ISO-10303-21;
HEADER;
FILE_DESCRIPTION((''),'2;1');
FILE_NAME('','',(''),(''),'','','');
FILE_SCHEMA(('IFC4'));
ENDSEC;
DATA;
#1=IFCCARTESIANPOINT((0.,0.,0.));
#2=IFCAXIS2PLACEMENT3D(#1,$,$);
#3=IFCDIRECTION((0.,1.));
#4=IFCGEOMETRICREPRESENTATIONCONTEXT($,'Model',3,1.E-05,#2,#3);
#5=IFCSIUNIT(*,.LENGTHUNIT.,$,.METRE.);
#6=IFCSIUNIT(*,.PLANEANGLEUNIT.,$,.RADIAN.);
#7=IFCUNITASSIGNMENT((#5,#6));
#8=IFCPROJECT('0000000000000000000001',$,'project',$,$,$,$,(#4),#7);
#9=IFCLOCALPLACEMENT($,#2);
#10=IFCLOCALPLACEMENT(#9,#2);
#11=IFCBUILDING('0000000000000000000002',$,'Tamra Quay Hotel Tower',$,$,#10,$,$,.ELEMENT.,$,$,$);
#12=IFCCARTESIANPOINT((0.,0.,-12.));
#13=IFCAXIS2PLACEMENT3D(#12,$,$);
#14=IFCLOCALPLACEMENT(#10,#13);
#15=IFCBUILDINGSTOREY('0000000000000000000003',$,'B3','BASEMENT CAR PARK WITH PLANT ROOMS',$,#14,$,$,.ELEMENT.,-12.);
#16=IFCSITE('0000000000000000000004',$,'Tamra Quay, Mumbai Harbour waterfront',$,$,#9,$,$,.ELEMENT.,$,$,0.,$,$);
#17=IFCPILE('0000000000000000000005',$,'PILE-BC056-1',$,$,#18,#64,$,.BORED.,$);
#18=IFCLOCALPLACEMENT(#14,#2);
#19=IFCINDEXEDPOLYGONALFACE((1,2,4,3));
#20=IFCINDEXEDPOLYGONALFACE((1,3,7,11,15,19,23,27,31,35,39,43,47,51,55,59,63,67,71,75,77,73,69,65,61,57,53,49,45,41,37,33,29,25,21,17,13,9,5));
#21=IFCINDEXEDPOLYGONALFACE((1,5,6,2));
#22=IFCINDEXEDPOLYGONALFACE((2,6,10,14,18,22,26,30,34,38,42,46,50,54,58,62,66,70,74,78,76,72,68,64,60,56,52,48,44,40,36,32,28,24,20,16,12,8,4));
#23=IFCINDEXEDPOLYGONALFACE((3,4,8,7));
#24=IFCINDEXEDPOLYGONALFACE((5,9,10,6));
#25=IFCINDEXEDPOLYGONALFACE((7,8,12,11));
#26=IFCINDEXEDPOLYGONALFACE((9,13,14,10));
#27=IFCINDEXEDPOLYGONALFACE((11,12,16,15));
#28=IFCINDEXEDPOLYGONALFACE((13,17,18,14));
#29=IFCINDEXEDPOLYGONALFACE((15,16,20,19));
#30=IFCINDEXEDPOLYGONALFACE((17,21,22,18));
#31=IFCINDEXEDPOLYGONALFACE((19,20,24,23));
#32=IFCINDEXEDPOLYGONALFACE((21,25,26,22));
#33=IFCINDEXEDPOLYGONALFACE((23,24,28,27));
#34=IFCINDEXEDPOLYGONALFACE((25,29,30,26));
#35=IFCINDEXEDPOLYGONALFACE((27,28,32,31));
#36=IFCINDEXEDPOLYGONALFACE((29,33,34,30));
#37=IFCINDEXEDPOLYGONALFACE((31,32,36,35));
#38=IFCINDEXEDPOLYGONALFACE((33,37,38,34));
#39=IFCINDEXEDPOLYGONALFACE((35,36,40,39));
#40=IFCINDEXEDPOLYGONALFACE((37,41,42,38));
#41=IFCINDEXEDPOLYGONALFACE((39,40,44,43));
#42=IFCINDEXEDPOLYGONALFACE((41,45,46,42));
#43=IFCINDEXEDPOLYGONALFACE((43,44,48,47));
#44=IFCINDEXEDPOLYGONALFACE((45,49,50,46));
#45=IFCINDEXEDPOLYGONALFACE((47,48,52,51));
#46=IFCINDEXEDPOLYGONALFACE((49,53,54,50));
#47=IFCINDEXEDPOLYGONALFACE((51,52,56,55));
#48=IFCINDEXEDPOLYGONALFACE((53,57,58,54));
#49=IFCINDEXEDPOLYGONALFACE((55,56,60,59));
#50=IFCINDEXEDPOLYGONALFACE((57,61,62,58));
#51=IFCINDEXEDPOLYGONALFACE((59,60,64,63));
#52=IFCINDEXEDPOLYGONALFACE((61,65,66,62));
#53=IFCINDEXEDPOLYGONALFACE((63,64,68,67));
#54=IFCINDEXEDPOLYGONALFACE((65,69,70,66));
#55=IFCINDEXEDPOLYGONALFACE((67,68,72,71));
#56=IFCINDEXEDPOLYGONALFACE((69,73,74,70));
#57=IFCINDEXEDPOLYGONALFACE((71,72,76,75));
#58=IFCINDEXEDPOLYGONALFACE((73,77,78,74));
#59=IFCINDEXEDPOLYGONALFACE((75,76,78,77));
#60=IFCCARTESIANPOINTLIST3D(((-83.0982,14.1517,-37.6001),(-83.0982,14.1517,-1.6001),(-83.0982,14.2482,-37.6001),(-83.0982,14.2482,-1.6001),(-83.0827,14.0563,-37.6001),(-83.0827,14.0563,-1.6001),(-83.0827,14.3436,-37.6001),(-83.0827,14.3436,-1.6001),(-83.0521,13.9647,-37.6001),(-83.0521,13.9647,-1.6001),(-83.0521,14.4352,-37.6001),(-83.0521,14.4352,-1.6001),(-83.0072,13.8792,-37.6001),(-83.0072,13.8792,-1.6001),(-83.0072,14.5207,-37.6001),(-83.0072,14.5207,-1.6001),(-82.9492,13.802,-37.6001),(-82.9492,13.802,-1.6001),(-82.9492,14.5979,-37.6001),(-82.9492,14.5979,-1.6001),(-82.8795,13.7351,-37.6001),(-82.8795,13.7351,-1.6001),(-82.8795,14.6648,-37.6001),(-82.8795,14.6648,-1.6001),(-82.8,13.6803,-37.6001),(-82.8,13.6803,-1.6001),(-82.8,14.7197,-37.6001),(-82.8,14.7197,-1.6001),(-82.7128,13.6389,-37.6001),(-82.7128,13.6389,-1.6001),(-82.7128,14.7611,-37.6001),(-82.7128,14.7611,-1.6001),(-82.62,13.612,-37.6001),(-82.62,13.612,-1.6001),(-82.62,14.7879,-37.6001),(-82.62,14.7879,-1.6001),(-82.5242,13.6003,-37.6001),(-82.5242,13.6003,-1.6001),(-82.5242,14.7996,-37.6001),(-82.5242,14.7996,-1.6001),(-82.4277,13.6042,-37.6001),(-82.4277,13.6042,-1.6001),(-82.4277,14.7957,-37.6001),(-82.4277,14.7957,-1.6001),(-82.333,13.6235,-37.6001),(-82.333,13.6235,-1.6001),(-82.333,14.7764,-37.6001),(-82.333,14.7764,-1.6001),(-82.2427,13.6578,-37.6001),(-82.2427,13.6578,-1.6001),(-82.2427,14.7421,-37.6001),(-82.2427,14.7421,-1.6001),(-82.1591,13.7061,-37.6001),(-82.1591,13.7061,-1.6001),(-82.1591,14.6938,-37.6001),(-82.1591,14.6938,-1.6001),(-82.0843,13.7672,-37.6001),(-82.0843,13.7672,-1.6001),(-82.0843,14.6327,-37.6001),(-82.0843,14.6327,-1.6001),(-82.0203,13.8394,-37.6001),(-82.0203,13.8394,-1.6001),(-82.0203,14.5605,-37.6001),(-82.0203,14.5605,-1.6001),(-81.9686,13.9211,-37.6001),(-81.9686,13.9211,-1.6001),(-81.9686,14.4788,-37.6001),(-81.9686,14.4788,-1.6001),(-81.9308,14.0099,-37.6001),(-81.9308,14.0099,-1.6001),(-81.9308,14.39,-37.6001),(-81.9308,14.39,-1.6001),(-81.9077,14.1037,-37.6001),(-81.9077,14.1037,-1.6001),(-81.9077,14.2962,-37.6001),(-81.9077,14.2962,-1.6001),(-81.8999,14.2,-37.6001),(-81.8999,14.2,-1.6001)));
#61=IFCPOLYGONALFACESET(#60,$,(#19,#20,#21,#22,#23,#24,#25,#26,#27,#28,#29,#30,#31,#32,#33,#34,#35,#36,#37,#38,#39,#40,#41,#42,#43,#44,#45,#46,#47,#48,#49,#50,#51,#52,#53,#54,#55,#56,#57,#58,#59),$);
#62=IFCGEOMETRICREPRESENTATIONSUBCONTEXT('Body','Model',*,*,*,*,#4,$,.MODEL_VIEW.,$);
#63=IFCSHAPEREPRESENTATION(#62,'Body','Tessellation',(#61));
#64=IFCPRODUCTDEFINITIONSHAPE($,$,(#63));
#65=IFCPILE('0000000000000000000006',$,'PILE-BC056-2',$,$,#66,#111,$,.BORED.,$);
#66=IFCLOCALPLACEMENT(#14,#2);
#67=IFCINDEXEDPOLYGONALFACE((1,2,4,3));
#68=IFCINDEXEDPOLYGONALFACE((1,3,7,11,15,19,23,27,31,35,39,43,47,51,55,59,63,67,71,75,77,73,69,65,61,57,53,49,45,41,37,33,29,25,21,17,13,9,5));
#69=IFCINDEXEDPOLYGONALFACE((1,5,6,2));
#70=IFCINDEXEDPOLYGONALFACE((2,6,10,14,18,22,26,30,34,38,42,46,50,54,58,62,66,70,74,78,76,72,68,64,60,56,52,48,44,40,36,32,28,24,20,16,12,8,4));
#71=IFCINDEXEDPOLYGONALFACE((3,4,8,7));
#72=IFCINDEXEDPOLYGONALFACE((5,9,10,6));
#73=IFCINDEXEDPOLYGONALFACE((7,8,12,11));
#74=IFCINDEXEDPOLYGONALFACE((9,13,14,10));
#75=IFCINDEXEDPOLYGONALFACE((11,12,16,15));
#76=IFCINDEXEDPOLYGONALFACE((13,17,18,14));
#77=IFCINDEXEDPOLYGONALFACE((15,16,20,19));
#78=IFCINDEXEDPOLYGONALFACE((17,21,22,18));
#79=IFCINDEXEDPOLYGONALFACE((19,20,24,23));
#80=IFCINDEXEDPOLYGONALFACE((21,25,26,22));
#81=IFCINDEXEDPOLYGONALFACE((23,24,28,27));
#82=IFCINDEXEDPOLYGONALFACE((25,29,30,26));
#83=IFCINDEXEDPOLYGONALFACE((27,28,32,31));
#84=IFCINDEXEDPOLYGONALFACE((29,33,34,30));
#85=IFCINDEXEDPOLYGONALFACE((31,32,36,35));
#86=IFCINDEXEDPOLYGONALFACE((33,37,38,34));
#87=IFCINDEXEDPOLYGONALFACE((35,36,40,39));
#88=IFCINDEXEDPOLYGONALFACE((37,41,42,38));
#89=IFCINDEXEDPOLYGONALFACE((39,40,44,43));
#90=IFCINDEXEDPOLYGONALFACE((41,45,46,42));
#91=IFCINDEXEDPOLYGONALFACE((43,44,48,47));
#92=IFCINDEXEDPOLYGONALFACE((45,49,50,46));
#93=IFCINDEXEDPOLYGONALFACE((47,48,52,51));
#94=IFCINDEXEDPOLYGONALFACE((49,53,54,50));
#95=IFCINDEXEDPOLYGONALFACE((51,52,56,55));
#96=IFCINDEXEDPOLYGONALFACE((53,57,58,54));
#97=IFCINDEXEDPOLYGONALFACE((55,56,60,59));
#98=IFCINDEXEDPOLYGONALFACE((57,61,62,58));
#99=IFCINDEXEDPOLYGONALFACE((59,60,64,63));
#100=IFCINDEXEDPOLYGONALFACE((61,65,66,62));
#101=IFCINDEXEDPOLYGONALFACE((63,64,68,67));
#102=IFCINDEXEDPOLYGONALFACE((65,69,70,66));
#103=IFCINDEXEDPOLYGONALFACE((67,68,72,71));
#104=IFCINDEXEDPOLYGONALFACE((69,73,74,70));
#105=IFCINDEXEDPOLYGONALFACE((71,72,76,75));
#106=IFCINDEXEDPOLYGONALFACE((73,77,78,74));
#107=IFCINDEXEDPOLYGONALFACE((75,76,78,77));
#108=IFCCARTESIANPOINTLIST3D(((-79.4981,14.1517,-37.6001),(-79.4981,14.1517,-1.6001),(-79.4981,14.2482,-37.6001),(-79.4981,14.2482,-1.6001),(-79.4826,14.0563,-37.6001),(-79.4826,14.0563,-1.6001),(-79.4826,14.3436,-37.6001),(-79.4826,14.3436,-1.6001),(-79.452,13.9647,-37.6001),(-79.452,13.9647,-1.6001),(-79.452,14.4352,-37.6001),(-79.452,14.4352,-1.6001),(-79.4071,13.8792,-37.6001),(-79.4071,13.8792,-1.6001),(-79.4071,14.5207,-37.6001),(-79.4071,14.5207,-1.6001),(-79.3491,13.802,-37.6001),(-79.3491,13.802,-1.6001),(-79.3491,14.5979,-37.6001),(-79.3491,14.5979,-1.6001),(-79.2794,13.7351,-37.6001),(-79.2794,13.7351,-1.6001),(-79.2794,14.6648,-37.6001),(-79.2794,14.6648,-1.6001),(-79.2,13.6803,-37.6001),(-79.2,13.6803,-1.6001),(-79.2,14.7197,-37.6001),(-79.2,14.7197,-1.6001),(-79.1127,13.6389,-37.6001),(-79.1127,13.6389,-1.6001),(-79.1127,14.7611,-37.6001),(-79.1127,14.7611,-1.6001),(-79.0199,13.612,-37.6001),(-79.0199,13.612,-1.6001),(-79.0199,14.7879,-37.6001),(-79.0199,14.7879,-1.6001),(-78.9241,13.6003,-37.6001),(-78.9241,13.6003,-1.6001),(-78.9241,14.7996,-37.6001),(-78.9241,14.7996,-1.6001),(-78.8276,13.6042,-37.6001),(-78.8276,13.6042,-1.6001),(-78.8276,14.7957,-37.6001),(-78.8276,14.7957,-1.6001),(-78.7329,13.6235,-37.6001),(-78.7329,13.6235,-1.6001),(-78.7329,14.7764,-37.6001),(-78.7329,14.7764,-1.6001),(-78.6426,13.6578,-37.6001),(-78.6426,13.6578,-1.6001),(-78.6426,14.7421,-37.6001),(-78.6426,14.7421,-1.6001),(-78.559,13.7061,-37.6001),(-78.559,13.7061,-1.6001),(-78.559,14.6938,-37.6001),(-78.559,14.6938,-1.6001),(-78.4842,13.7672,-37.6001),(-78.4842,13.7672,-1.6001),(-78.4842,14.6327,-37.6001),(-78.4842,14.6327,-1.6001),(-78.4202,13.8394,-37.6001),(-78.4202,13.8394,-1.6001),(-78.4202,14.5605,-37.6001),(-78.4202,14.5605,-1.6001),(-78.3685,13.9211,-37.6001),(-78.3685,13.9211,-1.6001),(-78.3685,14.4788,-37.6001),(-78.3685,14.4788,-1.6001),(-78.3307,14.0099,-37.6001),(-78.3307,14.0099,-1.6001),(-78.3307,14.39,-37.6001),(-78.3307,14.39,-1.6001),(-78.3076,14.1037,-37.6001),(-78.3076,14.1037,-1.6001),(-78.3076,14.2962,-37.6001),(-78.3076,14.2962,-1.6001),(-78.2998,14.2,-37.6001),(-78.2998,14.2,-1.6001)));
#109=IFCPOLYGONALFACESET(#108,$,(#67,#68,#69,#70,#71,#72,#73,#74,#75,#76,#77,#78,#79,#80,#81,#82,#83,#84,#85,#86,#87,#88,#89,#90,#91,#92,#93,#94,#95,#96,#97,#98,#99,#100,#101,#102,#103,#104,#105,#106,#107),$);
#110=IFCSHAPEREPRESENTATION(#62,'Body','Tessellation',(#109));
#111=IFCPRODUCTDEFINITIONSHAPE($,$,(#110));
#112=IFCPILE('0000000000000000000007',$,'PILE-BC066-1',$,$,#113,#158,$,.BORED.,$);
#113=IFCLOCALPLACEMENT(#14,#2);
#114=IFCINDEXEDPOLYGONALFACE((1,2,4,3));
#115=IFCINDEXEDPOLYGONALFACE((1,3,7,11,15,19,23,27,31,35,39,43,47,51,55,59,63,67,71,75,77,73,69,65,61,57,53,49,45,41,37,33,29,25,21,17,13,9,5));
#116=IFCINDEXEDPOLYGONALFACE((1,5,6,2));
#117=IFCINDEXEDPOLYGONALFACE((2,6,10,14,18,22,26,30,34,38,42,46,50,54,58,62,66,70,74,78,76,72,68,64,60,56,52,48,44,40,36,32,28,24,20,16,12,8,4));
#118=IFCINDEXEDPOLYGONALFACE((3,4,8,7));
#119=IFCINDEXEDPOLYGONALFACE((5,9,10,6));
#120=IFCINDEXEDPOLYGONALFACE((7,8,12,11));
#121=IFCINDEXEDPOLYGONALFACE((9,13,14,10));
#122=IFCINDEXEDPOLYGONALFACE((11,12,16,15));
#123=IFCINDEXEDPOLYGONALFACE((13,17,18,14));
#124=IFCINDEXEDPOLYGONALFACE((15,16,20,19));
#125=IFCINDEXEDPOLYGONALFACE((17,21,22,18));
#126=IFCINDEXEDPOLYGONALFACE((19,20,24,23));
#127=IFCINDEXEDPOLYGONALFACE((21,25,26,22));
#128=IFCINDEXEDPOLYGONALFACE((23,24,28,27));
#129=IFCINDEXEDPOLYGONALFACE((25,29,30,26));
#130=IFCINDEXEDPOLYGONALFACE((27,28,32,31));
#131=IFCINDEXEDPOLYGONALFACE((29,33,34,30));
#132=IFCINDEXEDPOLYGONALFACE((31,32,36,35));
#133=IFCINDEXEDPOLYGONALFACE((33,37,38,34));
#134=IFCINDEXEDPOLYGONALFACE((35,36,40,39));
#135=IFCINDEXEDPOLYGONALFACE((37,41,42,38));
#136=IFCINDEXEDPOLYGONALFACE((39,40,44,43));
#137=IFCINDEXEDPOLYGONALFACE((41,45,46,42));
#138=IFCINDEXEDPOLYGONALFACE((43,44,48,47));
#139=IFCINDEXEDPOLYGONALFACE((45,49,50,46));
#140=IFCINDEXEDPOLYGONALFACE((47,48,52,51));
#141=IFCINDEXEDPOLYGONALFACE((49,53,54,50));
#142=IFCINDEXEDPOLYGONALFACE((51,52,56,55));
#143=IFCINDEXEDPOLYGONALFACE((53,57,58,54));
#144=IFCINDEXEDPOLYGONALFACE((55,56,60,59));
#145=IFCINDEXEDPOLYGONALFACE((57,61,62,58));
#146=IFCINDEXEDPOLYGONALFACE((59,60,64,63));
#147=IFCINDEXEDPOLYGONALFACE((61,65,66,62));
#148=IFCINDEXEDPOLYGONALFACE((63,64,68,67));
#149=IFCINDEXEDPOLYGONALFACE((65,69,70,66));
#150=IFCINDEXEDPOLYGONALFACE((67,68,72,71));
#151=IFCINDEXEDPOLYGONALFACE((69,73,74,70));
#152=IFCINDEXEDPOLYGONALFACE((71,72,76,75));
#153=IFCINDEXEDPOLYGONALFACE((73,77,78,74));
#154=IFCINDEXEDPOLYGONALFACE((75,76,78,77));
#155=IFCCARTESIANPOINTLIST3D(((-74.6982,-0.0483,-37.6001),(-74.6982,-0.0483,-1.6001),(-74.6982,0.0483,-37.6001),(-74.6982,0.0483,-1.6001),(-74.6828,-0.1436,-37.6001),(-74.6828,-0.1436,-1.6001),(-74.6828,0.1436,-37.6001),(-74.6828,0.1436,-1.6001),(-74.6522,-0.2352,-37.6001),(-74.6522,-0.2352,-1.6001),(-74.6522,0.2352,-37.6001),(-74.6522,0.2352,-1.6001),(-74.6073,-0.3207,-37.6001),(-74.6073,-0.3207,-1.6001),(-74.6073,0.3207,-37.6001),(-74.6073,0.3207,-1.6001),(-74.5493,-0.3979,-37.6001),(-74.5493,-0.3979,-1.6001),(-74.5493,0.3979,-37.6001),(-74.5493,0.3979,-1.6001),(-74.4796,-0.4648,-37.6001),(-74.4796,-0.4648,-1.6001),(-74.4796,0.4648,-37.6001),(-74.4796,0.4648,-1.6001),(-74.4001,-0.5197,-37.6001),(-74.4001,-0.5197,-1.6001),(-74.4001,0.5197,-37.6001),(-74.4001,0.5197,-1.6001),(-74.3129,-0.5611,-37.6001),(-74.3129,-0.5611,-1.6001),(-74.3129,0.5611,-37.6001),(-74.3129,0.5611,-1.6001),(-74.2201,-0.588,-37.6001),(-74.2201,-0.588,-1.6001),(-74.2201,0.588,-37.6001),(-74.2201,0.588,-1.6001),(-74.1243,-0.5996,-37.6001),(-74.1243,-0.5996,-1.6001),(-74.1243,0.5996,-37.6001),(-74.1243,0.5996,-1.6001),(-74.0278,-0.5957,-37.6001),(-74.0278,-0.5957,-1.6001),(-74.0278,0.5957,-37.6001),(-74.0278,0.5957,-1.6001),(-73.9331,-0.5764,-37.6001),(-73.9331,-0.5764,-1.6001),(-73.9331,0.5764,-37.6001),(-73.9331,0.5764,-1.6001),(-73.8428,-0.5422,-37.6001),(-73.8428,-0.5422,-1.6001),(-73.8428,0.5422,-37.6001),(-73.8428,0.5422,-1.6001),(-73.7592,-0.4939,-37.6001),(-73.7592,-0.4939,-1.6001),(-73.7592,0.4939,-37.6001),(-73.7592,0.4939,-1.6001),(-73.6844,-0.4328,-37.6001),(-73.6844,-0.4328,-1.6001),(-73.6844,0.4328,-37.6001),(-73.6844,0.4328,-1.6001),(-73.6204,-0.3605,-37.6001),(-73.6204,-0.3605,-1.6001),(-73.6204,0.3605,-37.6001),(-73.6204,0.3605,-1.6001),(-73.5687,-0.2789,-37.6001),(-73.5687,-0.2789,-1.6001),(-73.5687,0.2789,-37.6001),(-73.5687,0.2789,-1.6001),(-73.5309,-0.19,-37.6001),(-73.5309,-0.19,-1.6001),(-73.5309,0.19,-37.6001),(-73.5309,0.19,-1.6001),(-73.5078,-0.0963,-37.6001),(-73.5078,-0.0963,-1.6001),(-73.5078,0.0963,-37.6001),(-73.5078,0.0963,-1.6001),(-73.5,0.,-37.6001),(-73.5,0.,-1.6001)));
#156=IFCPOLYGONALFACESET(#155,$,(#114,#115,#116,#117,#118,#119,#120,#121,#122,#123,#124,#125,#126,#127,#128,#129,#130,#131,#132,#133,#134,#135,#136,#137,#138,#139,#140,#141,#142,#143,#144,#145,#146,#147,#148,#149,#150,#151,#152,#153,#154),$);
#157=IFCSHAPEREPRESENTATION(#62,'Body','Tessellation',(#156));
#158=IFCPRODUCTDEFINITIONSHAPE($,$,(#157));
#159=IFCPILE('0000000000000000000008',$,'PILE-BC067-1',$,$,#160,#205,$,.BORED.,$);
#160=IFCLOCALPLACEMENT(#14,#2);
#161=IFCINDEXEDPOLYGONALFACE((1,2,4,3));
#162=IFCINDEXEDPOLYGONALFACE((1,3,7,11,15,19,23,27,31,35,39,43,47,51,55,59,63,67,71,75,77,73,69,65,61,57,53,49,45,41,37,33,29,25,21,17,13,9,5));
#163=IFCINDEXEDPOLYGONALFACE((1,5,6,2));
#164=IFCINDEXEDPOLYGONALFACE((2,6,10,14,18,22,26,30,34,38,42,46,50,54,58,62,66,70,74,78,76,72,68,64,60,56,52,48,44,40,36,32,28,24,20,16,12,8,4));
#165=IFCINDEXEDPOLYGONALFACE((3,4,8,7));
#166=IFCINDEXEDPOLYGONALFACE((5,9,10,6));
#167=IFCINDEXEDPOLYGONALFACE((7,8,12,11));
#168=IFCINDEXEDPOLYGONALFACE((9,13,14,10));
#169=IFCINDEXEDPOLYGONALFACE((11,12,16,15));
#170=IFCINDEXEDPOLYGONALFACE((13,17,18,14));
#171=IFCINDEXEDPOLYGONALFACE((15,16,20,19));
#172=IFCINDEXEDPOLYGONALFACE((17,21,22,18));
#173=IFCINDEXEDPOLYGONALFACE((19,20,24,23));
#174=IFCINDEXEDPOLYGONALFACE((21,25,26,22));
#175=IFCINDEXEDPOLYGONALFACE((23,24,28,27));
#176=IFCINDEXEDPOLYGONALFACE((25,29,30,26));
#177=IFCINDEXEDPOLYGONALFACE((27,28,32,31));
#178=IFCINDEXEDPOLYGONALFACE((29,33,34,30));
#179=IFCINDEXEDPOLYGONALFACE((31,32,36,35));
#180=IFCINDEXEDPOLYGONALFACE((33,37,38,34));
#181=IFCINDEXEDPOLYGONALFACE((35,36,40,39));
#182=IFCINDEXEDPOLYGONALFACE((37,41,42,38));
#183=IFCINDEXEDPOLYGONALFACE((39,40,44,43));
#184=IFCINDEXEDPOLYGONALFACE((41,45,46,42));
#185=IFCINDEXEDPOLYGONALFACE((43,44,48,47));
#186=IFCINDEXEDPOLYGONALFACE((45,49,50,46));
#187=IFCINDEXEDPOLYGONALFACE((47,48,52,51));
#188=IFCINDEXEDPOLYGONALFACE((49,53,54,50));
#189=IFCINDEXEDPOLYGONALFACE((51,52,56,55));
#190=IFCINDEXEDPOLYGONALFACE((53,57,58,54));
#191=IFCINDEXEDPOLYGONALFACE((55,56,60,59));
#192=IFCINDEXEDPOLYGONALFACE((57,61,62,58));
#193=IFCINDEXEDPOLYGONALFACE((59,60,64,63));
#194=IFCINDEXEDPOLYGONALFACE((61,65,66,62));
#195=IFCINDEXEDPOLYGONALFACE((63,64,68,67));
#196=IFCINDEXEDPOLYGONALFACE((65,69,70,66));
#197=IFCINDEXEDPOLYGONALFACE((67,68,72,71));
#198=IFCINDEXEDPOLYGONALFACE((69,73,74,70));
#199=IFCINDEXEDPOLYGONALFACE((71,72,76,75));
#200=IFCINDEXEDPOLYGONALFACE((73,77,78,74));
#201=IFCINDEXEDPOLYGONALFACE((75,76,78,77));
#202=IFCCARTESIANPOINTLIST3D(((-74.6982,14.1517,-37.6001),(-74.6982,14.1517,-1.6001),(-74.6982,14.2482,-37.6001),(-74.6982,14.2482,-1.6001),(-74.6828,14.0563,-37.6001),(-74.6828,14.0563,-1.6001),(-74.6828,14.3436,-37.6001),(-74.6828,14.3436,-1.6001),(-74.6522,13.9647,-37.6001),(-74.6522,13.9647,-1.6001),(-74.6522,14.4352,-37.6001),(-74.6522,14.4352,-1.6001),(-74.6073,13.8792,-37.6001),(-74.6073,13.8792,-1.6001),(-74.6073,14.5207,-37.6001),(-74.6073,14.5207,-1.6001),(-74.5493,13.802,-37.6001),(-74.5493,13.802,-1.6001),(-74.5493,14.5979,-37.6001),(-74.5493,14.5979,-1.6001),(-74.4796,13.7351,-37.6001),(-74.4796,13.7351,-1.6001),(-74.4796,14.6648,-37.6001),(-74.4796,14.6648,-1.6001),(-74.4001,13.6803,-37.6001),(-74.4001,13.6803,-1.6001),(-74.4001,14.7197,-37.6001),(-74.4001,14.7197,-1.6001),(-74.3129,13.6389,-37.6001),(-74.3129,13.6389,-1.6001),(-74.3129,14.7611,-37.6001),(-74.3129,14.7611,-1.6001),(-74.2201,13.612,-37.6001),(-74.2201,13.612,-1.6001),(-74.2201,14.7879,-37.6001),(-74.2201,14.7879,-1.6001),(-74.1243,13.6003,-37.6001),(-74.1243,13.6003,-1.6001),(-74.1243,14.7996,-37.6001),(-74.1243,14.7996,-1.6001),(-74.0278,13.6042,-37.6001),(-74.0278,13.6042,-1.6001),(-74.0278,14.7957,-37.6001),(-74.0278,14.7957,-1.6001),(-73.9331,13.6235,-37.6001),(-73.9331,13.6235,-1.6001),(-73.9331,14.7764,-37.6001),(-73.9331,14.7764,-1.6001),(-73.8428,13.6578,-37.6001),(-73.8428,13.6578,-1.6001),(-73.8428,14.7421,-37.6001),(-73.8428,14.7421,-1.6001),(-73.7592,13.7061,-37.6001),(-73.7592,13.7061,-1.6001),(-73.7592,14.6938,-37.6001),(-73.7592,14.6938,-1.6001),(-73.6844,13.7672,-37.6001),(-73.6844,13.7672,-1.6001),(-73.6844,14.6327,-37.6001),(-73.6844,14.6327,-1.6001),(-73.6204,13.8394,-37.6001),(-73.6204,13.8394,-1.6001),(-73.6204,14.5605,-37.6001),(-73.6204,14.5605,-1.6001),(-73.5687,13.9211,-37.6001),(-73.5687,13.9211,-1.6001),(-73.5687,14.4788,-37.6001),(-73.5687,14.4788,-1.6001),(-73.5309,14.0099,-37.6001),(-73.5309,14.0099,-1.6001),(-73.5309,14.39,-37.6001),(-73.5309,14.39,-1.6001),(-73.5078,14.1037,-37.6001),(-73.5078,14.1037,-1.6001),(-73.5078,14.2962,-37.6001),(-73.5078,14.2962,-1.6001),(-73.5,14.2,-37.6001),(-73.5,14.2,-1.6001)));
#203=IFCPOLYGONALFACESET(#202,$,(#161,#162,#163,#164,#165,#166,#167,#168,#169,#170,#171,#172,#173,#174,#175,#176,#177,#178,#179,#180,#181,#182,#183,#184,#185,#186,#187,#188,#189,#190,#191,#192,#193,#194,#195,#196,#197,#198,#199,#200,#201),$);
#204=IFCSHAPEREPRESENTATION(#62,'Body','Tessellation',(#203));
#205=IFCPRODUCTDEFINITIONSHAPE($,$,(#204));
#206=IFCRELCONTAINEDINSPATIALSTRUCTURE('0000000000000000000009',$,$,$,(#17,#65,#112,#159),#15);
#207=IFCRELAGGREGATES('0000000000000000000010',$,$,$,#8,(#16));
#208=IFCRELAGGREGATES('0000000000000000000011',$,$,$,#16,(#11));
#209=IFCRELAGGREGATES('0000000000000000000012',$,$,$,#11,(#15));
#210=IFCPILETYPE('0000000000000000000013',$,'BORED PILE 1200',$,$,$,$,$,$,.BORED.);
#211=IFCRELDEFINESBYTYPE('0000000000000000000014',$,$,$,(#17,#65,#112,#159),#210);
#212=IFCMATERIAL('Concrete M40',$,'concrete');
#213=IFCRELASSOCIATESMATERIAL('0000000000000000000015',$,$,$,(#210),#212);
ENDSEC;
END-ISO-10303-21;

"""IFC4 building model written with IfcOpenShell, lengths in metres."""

from ifc_helpers import new_model, si_unit, direction, frame, origin, origin_2d, place, context, subcontext, project, spatial, circle, extrude, material, material_profile, profile_set, type_object, element, save


model = new_model("IFC4")

# Units and contexts
model_context = context("Model", 3, precision=1e-05, world=origin(), true_north=direction((0.0, 1.0)))
body_context = subcontext(model_context, "Body", "Model", "MODEL_VIEW")
ifc_project = project(units=[si_unit("LENGTHUNIT", "METRE"), si_unit("PLANEANGLEUNIT", "RADIAN")], contexts=[model_context])

# Site, building, storey
site_placement = place(None, origin())
site = spatial("IfcSite", under=ifc_project, at=site_placement, Name="Tamra Quay, Mumbai Harbour waterfront", CompositionType="ELEMENT", RefElevation=0.0)
building_placement = place(site_placement, origin())
building = spatial("IfcBuilding", under=site, at=building_placement, Name="Tamra Quay Hotel Tower", CompositionType="ELEMENT")
storey_placement = place(building_placement, frame((0.0, 0.0, -12.0)))
storey = spatial("IfcBuildingStorey", under=building, at=storey_placement, Name="B3", Description="BASEMENT CAR PARK WITH PLANT ROOMS", CompositionType="ELEMENT", Elevation=-12.0)

# Piles
ifc_material_1 = material(Name="Concrete M40", Category="concrete")
ifc_material_profile_1 = material_profile(ifc_material_1, circle(Radius=0.6001, at=origin_2d()), Name="BORED PILE 1200")
ifc_profile_set_1 = profile_set([ifc_material_profile_1], Name="Concrete M40")
pile_type = type_object("IfcPileType", Name="BORED PILE 1200", PredefinedType="BORED", material=ifc_profile_set_1)
for number, where, z_axis, x_axis, name in (
    (1, (-82.5, 14.2, -1.6001), (0.0, 0.0, -1.0), (1.0, 0.0, 0.0), "PILE-BC056-1"),
    (2, (-78.8999, 14.2, -1.6001), (0.0, 0.0, -1.0), (1.0, 0.0, 0.0), "PILE-BC056-2"),
    (3, (-74.1001, 0.0, -1.6001), (0.0, 0.0, -1.0), (1.0, 0.0, 0.0), "PILE-BC066-1"),
    (4, (-74.1001, 14.2, -1.6001), (0.0, 0.0, -1.0), (1.0, 0.0, 0.0), "PILE-BC067-1"),
):
    element("IfcPile", number, at=place(storey_placement, frame(where, z_axis=z_axis, x_axis=x_axis)), inside=storey, type_object=pile_type, Name=name, PredefinedType="BORED", context=body_context, shape_type="SweptSolid", body=[
        extrude(circle(Radius=0.6001, at=origin_2d()), origin(), (0.0, 0.0, 1.0), 36.0),
    ])

save(model, "model.ifc")
